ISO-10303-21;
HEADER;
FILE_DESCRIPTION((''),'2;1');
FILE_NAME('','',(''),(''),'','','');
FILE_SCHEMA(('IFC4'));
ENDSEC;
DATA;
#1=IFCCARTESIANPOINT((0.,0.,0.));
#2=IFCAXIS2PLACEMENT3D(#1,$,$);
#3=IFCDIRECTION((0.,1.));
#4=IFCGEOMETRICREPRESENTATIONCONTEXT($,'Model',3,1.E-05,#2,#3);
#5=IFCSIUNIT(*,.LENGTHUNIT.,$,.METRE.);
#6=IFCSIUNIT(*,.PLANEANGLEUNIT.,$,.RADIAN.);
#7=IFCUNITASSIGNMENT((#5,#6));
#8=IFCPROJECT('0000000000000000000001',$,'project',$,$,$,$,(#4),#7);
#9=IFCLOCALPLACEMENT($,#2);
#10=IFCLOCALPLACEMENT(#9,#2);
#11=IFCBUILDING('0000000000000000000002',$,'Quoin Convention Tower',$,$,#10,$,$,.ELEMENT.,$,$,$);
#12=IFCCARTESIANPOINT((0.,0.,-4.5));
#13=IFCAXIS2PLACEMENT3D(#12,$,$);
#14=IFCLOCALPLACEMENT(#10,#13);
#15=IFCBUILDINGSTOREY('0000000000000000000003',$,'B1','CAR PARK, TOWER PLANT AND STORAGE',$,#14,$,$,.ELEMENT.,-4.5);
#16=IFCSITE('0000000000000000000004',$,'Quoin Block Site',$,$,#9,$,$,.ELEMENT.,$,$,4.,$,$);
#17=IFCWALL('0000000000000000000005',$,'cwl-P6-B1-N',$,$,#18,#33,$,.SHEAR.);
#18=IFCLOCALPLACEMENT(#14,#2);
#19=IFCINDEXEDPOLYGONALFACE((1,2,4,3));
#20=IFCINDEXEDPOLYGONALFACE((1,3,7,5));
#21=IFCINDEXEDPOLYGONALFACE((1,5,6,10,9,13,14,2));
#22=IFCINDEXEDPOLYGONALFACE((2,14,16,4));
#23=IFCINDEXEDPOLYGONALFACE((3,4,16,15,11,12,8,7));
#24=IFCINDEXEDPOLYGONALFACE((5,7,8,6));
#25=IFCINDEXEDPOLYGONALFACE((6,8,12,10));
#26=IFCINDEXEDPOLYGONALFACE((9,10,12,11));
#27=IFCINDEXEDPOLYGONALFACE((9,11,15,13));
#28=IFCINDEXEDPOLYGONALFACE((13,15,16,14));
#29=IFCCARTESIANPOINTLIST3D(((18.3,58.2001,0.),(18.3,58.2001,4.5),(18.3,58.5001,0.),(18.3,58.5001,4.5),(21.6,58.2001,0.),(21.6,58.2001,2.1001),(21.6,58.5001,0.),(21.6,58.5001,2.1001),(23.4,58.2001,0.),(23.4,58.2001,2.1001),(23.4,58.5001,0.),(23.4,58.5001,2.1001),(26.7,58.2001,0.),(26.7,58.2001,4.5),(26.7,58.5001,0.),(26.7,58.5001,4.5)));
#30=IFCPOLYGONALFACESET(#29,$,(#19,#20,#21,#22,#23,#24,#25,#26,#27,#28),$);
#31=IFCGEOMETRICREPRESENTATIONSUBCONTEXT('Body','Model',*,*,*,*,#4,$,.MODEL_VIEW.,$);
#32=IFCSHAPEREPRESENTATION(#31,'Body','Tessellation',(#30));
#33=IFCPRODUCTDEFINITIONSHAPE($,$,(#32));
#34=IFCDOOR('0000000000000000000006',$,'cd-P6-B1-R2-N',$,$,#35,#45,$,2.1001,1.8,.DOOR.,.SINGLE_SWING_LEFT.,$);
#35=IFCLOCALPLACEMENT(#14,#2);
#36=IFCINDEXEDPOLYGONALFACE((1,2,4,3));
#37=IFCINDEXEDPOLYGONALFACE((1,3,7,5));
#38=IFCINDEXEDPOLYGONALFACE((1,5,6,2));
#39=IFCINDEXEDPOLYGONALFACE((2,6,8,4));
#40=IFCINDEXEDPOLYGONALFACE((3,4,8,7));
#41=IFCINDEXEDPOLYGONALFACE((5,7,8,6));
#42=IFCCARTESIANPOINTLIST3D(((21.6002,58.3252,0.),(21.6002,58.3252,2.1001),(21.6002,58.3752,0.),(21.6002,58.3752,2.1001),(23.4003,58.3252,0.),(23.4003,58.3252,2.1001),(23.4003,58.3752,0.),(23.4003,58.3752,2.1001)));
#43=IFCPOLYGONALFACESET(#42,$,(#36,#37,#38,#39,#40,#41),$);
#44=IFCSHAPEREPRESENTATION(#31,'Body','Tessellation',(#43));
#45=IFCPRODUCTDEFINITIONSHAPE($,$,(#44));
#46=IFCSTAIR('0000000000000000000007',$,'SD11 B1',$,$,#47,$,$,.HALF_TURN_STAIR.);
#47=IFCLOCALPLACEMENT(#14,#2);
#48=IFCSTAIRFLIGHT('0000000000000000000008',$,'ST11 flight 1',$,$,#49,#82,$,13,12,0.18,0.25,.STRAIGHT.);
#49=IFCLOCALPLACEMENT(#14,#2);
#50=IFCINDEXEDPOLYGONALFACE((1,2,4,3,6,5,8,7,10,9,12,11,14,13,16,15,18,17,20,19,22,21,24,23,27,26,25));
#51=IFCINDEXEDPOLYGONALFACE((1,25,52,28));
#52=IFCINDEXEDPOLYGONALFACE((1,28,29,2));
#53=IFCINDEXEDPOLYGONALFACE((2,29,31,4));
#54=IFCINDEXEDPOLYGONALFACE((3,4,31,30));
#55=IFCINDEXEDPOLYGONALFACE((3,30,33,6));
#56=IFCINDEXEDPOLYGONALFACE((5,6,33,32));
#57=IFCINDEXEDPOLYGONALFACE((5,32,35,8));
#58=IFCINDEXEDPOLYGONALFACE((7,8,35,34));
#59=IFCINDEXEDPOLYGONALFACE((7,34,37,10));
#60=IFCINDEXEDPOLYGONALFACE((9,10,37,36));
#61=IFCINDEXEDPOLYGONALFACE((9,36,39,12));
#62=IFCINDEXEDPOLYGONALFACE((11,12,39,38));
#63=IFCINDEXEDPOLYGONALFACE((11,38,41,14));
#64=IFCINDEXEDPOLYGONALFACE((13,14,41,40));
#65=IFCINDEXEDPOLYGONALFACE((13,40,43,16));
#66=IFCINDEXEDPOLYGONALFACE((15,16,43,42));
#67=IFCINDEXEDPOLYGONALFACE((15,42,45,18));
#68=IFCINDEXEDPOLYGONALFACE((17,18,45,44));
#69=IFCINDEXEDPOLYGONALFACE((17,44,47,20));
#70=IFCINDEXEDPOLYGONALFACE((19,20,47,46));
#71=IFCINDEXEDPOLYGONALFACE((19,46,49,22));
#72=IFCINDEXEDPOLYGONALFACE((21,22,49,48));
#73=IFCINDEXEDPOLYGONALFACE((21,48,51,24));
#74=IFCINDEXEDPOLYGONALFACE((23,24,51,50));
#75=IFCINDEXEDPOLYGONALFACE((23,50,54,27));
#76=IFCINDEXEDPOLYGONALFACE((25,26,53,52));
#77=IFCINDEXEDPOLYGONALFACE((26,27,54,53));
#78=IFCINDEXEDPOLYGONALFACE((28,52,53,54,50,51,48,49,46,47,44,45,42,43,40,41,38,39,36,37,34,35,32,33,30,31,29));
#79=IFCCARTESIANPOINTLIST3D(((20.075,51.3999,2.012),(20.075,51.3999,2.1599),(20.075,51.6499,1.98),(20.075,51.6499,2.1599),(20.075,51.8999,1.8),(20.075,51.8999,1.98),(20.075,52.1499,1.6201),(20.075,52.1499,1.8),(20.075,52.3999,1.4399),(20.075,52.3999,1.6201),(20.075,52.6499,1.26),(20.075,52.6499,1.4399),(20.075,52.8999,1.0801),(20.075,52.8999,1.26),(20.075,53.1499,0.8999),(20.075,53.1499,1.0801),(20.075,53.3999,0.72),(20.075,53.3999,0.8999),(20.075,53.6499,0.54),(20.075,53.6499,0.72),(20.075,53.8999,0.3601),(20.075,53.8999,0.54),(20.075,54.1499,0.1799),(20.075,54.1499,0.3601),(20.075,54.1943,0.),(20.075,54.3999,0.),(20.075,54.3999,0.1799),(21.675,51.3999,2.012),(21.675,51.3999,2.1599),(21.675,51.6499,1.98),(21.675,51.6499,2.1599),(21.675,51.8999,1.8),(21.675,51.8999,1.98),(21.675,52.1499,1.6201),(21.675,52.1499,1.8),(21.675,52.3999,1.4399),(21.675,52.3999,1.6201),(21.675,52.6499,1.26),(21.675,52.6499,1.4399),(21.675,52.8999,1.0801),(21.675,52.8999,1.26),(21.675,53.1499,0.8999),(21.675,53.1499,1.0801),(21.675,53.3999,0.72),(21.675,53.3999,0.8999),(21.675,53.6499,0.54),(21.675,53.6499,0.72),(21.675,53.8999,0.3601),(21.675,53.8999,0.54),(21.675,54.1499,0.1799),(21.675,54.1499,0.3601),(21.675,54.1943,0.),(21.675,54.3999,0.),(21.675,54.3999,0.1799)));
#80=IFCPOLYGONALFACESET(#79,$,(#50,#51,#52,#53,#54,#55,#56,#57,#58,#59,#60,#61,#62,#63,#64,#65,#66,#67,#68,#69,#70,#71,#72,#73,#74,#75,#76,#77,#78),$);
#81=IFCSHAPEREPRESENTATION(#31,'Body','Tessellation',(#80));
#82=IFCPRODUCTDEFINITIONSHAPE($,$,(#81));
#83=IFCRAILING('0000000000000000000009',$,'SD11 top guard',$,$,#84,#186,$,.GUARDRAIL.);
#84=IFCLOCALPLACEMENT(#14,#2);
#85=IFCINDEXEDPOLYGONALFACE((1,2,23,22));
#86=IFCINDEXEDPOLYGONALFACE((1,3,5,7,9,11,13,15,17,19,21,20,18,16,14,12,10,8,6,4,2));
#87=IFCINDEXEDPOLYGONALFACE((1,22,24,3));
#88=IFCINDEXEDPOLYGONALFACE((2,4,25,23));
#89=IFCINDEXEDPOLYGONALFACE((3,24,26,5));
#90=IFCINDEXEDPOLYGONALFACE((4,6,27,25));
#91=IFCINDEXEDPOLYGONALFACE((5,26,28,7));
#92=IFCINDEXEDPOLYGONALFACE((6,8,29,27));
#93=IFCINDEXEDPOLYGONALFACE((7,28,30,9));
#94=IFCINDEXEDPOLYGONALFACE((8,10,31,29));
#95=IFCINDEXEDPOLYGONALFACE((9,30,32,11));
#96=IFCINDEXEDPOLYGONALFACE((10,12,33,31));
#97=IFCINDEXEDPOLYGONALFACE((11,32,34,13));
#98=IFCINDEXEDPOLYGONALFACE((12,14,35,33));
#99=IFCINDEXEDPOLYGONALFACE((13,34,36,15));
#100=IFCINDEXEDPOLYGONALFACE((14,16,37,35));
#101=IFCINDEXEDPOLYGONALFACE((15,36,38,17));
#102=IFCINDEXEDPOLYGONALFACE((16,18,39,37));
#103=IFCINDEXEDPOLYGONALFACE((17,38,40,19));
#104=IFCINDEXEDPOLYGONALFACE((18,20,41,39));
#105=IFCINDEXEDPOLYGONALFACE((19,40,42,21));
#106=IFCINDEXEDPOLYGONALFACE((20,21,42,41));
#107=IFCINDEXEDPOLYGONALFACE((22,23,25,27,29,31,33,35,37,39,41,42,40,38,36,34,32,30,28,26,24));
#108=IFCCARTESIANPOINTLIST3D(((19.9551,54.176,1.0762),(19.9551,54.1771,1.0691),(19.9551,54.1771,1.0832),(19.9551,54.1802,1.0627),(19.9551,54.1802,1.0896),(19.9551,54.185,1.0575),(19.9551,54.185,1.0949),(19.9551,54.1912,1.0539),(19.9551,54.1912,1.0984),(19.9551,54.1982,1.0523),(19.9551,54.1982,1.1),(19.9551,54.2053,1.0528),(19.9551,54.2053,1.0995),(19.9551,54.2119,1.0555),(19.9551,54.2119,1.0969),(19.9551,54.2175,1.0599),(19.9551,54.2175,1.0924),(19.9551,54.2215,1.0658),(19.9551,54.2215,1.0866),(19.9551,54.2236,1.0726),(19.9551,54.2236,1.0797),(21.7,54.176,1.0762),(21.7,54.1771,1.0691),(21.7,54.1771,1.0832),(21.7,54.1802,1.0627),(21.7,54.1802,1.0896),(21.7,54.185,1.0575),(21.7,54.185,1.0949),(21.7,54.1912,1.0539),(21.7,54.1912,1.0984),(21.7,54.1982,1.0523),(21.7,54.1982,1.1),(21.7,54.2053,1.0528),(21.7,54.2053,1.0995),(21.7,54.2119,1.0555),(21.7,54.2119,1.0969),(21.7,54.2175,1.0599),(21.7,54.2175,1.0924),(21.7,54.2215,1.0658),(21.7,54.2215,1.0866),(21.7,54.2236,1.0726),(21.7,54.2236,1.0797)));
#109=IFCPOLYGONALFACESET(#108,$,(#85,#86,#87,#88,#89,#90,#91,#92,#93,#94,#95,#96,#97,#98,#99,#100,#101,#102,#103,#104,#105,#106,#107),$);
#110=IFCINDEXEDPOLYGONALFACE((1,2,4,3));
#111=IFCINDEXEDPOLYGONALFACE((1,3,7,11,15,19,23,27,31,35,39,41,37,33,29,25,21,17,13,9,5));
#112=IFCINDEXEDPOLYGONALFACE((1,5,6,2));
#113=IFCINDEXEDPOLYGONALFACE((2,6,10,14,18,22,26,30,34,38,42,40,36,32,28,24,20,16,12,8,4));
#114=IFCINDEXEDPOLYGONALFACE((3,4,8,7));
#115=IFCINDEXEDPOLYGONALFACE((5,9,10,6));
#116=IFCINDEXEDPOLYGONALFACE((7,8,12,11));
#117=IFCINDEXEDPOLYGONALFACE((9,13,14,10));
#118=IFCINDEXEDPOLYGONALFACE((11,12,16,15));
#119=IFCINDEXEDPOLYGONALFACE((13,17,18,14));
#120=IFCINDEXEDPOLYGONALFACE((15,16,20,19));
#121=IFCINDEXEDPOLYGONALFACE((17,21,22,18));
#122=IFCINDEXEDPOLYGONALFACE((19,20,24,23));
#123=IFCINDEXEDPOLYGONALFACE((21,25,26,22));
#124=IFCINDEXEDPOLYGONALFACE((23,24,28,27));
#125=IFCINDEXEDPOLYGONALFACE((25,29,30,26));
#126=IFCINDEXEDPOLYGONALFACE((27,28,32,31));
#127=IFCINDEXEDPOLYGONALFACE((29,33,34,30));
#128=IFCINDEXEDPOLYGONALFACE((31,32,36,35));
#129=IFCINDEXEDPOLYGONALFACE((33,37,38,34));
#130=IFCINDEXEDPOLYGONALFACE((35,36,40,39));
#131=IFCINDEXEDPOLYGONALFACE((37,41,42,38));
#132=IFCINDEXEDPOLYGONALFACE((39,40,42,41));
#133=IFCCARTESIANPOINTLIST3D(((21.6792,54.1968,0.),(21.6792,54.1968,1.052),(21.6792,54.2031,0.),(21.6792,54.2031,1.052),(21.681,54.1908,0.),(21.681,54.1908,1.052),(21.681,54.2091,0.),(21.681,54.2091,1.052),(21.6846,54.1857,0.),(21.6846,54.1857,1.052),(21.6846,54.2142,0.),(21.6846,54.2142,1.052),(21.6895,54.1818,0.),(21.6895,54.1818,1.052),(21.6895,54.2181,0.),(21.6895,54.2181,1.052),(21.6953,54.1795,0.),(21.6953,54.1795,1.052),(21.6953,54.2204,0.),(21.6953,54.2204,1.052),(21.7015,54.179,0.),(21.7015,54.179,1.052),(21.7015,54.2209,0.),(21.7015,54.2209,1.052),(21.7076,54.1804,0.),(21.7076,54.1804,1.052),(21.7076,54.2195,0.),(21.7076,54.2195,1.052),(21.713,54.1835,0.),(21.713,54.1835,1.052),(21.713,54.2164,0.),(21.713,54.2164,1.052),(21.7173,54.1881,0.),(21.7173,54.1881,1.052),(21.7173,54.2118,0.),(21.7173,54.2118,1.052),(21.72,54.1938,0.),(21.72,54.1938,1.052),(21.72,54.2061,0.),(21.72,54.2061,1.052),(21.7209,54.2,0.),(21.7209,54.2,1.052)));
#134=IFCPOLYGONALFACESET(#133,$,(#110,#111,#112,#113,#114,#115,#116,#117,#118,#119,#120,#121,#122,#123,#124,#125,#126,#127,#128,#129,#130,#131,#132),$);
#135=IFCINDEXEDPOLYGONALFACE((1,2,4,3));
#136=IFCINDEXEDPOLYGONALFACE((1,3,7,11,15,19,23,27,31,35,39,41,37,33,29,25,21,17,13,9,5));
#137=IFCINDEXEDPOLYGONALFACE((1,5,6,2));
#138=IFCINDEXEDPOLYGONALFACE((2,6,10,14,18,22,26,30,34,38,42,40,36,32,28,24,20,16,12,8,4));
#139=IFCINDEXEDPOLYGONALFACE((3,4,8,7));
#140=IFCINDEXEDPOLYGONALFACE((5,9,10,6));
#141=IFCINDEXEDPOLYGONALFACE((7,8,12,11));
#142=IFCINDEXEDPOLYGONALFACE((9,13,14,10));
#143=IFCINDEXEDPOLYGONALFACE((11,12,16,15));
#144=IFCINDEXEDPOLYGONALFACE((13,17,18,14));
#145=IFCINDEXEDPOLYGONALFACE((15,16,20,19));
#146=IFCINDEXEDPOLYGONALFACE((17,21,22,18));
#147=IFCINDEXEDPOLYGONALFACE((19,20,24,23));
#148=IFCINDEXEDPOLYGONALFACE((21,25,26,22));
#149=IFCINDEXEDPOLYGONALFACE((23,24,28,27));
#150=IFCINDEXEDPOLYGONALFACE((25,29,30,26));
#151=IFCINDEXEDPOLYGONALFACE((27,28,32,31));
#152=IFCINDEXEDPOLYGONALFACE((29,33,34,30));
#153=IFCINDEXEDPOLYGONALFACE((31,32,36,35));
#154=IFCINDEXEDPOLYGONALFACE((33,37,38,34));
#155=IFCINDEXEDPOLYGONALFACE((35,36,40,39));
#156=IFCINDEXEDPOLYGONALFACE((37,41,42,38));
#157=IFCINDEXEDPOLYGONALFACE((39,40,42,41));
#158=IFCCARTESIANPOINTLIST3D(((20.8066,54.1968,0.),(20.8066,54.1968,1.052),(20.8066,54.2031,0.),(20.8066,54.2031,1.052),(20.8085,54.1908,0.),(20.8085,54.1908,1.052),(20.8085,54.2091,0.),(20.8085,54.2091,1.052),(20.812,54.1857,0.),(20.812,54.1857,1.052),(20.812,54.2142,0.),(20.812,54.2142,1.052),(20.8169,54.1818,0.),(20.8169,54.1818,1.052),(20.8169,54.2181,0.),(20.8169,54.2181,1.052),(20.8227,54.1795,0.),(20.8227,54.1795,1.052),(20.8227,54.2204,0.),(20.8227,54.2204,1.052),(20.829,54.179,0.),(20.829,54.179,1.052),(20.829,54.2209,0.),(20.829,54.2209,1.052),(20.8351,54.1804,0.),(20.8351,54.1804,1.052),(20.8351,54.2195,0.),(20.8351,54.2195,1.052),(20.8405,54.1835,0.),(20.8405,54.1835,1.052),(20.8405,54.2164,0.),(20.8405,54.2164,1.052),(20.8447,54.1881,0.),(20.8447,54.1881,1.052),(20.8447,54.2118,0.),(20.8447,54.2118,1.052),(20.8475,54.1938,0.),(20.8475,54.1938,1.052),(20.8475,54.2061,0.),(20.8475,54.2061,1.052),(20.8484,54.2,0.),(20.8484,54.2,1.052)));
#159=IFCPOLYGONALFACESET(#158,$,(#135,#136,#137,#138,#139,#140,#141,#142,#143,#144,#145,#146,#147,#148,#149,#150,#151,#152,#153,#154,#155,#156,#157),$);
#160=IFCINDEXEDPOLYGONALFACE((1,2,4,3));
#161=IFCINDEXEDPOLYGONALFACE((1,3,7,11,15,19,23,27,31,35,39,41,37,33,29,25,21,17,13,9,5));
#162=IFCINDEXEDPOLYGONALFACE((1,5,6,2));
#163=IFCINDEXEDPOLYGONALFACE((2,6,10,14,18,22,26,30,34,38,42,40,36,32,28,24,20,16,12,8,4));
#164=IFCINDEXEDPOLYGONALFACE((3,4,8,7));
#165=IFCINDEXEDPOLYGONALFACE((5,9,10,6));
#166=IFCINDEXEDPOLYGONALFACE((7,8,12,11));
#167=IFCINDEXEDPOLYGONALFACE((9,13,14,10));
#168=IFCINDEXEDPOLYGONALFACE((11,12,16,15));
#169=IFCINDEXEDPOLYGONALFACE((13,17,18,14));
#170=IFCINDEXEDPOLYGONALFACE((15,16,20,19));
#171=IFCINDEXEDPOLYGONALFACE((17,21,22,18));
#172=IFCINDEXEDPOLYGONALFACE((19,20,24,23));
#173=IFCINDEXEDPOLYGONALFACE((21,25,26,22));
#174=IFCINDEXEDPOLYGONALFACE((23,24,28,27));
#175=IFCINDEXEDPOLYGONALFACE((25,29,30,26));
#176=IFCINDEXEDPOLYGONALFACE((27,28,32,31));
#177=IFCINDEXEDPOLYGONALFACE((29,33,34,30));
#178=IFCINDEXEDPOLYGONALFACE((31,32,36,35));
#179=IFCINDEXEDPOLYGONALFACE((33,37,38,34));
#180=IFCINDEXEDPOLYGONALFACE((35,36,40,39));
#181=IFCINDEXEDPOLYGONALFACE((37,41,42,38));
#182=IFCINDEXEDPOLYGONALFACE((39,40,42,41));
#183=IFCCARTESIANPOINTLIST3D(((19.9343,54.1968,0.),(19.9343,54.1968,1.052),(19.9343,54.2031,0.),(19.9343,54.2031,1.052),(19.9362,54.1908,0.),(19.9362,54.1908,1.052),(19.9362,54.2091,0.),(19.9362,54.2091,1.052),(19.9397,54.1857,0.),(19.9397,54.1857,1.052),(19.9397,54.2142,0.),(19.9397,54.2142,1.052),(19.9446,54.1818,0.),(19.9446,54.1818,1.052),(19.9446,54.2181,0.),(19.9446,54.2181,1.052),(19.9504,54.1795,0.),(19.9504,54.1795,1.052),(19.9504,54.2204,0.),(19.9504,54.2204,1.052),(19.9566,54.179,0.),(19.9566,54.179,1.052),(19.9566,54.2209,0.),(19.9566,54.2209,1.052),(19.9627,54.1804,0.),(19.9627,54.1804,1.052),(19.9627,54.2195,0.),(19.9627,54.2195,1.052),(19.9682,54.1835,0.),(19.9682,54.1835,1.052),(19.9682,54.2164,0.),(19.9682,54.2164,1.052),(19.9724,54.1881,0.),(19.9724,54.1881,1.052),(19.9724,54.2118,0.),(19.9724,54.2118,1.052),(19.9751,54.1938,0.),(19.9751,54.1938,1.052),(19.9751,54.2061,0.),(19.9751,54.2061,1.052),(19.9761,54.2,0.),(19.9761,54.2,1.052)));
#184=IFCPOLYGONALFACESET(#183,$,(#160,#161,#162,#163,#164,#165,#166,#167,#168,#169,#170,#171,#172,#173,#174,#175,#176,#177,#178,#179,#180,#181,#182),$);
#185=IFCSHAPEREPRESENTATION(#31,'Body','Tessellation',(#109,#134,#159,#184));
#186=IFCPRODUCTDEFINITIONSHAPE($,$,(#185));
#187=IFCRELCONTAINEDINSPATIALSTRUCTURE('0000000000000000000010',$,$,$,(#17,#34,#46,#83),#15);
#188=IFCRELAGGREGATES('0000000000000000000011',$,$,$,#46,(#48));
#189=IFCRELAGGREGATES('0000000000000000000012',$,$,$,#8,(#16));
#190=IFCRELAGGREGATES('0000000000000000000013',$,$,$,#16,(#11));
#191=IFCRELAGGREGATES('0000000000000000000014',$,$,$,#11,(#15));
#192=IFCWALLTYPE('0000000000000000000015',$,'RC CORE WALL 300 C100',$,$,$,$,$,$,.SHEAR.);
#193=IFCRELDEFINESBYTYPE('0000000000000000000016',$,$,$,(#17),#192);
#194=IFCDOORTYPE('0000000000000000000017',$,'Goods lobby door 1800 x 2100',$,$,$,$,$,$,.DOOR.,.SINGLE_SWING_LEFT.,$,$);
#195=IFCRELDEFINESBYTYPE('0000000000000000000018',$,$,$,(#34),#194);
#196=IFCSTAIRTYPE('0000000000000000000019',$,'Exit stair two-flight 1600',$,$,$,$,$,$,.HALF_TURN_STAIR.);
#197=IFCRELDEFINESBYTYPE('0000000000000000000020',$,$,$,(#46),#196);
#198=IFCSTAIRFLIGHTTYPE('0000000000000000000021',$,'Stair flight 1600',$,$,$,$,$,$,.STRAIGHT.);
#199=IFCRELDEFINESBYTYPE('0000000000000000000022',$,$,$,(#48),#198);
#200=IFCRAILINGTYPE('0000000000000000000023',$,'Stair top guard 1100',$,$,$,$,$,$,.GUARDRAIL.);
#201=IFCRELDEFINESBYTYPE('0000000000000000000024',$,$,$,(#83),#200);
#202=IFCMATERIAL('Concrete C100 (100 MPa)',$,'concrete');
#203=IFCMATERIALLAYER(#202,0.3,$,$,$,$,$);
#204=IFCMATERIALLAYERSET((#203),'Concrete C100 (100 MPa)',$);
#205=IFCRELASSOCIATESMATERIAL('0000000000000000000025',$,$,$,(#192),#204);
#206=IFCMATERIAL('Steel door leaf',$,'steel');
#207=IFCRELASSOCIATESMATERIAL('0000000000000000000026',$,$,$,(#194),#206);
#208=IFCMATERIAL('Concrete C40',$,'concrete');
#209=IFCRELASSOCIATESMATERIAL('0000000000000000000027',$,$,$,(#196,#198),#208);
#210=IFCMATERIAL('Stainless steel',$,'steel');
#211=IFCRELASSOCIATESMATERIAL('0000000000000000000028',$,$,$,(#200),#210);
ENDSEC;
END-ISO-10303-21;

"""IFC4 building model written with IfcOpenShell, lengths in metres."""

from ifc_helpers import new_model, si_unit, direction, frame, frame_2d, origin, origin_2d, place, context, subcontext, project, spatial, polyline, rectangle, circle, outline, extrude, material, layer, layer_set, type_object, element, fill, aggregate, save


model = new_model("IFC4")

# Units and contexts
model_context = context("Model", 3, precision=1e-05, world=origin(), true_north=direction((0.0, 1.0)))
body_context = subcontext(model_context, "Body", "Model", "MODEL_VIEW")
ifc_project = project(units=[si_unit("LENGTHUNIT", "METRE"), si_unit("PLANEANGLEUNIT", "RADIAN")], contexts=[model_context])

# Site, building, storey
site_placement = place(None, origin())
site = spatial("IfcSite", under=ifc_project, at=site_placement, Name="Quoin Block Site", CompositionType="ELEMENT", RefElevation=4.0)
building_placement = place(site_placement, origin())
building = spatial("IfcBuilding", under=site, at=building_placement, Name="Quoin Convention Tower", CompositionType="ELEMENT")
storey_placement = place(building_placement, frame((0.0, 0.0, -4.5)))
storey = spatial("IfcBuildingStorey", under=building, at=storey_placement, Name="B1", Description="CAR PARK, TOWER PLANT AND STORAGE", CompositionType="ELEMENT", Elevation=-4.5)

# Shared definitions
ifc_material_1 = material(Name="Concrete C100 (100 MPa)", Category="concrete")

# Wall, opening, door
ifc_material_2 = material(Name="Steel door leaf", Category="steel")
ifc_layer_1 = layer(ifc_material_1, 0.3)
ifc_layer_set_1 = layer_set([ifc_layer_1], Name="Concrete C100 (100 MPa)")
wall_type_1 = type_object("IfcWallType", Name="RC CORE WALL 300 C100", PredefinedType="SHEAR", material=ifc_layer_set_1)
wall_1_placement = place(storey_placement, frame((18.3, 58.3501, 0.0), z_axis=(0.0, 0.0, 1.0), x_axis=(1.0, 0.0, 0.0)))
wall_1 = element("IfcWall", 1, at=wall_1_placement, inside=storey, type_object=wall_type_1, Name="cwl-P6-B1-N", PredefinedType="SHEAR", context=body_context, shape_type="SweptSolid", body=[
    extrude(rectangle(XDim=8.3999, YDim=0.3, at=frame_2d((4.2, 0.0))), origin(), (0.0, 0.0, 1.0), 4.5),
])
opening_1_placement = place(wall_1_placement, frame((3.3, 0.0, 0.0)))
opening_1 = element("IfcOpeningElement", 2, at=opening_1_placement, cuts=wall_1, PredefinedType="OPENING", context=body_context, shape_type="SweptSolid", body=[
    extrude(rectangle(XDim=1.8, YDim=2.1001, at=frame_2d((0.8999, 1.05))), frame((0.0, 0.1599, 0.0), z_axis=(0.0, -1.0, 0.0), x_axis=(1.0, 0.0, 0.0)), (0.0, 0.0, 1.0), 0.3201),
])
door_type_1 = type_object("IfcDoorType", Name="Goods lobby door 1800 x 2100", OperationType="SINGLE_SWING_LEFT", PredefinedType="DOOR", material=ifc_material_2)
door_1_placement = place(opening_1_placement, frame((1.8, 0.0, 0.0), z_axis=(0.0, 0.0, 1.0), x_axis=(-1.0, 0.0, 0.0)))
door_1 = element("IfcDoor", 3, at=door_1_placement, inside=storey, type_object=door_type_1, Name="cd-P6-B1-R2-N", OperationType="SINGLE_SWING_LEFT", OverallHeight=2.1001, OverallWidth=1.8, PredefinedType="DOOR", context=body_context, shape_type="SweptSolid", body=[
    extrude(rectangle(XDim=1.8, YDim=2.1001, at=frame_2d((0.8999, 1.05))), frame((0.0, 0.0249, 0.0), z_axis=(0.0, -1.0, 0.0), x_axis=(1.0, 0.0, 0.0)), (0.0, 0.0, 1.0), 0.05),
])
fill(opening_1, door_1)

# Stair, stair flight
ifc_material_3 = material(Name="Concrete C40", Category="concrete")
stair_type = type_object("IfcStairType", Name="Exit stair two-flight 1600", PredefinedType="HALF_TURN_STAIR", material=ifc_material_3)
stair_placement = place(storey_placement, origin())
stair = element("IfcStair", 4, at=stair_placement, inside=storey, type_object=stair_type, Name="SD11 B1", PredefinedType="HALF_TURN_STAIR")
stair_flight_type = type_object("IfcStairFlightType", Name="Stair flight 1600", PredefinedType="STRAIGHT", material=ifc_material_3)
stair_flight_placement = place(storey_placement, frame((20.875, 54.3999, 0.0), z_axis=(0.0, 0.0, 1.0), x_axis=(0.0, -1.0, 0.0)))
stair_flight = element("IfcStairFlight", 5, at=stair_flight_placement, type_object=stair_flight_type, Name="ST11 flight 1", NumberOfRisers=13, NumberOfTreads=12, PredefinedType="STRAIGHT", RiserHeight=0.18, TreadLength=0.25, context=body_context, shape_type="SweptSolid", body=[
    extrude(outline(polyline([(0.0, 0.0), (0.0, 0.1799), (0.25, 0.1799), (0.25, 0.3601), (0.5, 0.3601), (0.5, 0.54), (0.75, 0.54), (0.75, 0.72), (1.0, 0.72), (1.0, 0.8999), (1.25, 0.8999), (1.25, 1.0801), (1.5, 1.0801), (1.5, 1.26), (1.75, 1.26), (1.75, 1.4399), (2.0, 1.4399), (2.0, 1.6201), (2.25, 1.6201), (2.25, 1.8), (2.5, 1.8), (2.5, 1.98), (2.75, 1.98), (2.75, 2.1599), (3.0, 2.1599), (3.0, 2.3401), (3.0, 2.012), (0.2056, 0.0), (0.0, 0.0)])), frame((0.0, 0.8, 0.0), z_axis=(0.0, -1.0, 0.0), x_axis=(1.0, 0.0, 0.0)), (0.0, 0.0, 1.0), 1.6001),
])
aggregate(stair, [stair_flight])

# Railing
ifc_material_4 = material(Name="Stainless steel", Category="steel")
railing_type_1 = type_object("IfcRailingType", Name="Stair top guard 1100", PredefinedType="GUARDRAIL", material=ifc_material_4)
railing_1_placement = place(storey_placement, frame((21.7, 54.2, 0.0)))
element("IfcRailing", 6, at=railing_1_placement, inside=storey, type_object=railing_type_1, Name="SD11 top guard", PredefinedType="GUARDRAIL", context=body_context, shape_type="SweptSolid", body=[
    extrude(circle(Radius=0.0239, at=origin_2d()), frame((0.0, 0.0, 1.0762), z_axis=(-1.0, 0.0, 0.0), x_axis=(0.0, -1.0, 0.0)), (0.0, 0.0, 1.0), 1.7449),
    extrude(circle(Radius=0.021, at=origin_2d()), origin(), (0.0, 0.0, 1.0), 1.052),
    extrude(circle(Radius=0.021, at=origin_2d()), frame((-0.8726, 0.0, 0.0)), (0.0, 0.0, 1.0), 1.052),
    extrude(circle(Radius=0.021, at=origin_2d()), frame((-1.7449, 0.0, 0.0)), (0.0, 0.0, 1.0), 1.052),
])

save(model, "model.ifc")
